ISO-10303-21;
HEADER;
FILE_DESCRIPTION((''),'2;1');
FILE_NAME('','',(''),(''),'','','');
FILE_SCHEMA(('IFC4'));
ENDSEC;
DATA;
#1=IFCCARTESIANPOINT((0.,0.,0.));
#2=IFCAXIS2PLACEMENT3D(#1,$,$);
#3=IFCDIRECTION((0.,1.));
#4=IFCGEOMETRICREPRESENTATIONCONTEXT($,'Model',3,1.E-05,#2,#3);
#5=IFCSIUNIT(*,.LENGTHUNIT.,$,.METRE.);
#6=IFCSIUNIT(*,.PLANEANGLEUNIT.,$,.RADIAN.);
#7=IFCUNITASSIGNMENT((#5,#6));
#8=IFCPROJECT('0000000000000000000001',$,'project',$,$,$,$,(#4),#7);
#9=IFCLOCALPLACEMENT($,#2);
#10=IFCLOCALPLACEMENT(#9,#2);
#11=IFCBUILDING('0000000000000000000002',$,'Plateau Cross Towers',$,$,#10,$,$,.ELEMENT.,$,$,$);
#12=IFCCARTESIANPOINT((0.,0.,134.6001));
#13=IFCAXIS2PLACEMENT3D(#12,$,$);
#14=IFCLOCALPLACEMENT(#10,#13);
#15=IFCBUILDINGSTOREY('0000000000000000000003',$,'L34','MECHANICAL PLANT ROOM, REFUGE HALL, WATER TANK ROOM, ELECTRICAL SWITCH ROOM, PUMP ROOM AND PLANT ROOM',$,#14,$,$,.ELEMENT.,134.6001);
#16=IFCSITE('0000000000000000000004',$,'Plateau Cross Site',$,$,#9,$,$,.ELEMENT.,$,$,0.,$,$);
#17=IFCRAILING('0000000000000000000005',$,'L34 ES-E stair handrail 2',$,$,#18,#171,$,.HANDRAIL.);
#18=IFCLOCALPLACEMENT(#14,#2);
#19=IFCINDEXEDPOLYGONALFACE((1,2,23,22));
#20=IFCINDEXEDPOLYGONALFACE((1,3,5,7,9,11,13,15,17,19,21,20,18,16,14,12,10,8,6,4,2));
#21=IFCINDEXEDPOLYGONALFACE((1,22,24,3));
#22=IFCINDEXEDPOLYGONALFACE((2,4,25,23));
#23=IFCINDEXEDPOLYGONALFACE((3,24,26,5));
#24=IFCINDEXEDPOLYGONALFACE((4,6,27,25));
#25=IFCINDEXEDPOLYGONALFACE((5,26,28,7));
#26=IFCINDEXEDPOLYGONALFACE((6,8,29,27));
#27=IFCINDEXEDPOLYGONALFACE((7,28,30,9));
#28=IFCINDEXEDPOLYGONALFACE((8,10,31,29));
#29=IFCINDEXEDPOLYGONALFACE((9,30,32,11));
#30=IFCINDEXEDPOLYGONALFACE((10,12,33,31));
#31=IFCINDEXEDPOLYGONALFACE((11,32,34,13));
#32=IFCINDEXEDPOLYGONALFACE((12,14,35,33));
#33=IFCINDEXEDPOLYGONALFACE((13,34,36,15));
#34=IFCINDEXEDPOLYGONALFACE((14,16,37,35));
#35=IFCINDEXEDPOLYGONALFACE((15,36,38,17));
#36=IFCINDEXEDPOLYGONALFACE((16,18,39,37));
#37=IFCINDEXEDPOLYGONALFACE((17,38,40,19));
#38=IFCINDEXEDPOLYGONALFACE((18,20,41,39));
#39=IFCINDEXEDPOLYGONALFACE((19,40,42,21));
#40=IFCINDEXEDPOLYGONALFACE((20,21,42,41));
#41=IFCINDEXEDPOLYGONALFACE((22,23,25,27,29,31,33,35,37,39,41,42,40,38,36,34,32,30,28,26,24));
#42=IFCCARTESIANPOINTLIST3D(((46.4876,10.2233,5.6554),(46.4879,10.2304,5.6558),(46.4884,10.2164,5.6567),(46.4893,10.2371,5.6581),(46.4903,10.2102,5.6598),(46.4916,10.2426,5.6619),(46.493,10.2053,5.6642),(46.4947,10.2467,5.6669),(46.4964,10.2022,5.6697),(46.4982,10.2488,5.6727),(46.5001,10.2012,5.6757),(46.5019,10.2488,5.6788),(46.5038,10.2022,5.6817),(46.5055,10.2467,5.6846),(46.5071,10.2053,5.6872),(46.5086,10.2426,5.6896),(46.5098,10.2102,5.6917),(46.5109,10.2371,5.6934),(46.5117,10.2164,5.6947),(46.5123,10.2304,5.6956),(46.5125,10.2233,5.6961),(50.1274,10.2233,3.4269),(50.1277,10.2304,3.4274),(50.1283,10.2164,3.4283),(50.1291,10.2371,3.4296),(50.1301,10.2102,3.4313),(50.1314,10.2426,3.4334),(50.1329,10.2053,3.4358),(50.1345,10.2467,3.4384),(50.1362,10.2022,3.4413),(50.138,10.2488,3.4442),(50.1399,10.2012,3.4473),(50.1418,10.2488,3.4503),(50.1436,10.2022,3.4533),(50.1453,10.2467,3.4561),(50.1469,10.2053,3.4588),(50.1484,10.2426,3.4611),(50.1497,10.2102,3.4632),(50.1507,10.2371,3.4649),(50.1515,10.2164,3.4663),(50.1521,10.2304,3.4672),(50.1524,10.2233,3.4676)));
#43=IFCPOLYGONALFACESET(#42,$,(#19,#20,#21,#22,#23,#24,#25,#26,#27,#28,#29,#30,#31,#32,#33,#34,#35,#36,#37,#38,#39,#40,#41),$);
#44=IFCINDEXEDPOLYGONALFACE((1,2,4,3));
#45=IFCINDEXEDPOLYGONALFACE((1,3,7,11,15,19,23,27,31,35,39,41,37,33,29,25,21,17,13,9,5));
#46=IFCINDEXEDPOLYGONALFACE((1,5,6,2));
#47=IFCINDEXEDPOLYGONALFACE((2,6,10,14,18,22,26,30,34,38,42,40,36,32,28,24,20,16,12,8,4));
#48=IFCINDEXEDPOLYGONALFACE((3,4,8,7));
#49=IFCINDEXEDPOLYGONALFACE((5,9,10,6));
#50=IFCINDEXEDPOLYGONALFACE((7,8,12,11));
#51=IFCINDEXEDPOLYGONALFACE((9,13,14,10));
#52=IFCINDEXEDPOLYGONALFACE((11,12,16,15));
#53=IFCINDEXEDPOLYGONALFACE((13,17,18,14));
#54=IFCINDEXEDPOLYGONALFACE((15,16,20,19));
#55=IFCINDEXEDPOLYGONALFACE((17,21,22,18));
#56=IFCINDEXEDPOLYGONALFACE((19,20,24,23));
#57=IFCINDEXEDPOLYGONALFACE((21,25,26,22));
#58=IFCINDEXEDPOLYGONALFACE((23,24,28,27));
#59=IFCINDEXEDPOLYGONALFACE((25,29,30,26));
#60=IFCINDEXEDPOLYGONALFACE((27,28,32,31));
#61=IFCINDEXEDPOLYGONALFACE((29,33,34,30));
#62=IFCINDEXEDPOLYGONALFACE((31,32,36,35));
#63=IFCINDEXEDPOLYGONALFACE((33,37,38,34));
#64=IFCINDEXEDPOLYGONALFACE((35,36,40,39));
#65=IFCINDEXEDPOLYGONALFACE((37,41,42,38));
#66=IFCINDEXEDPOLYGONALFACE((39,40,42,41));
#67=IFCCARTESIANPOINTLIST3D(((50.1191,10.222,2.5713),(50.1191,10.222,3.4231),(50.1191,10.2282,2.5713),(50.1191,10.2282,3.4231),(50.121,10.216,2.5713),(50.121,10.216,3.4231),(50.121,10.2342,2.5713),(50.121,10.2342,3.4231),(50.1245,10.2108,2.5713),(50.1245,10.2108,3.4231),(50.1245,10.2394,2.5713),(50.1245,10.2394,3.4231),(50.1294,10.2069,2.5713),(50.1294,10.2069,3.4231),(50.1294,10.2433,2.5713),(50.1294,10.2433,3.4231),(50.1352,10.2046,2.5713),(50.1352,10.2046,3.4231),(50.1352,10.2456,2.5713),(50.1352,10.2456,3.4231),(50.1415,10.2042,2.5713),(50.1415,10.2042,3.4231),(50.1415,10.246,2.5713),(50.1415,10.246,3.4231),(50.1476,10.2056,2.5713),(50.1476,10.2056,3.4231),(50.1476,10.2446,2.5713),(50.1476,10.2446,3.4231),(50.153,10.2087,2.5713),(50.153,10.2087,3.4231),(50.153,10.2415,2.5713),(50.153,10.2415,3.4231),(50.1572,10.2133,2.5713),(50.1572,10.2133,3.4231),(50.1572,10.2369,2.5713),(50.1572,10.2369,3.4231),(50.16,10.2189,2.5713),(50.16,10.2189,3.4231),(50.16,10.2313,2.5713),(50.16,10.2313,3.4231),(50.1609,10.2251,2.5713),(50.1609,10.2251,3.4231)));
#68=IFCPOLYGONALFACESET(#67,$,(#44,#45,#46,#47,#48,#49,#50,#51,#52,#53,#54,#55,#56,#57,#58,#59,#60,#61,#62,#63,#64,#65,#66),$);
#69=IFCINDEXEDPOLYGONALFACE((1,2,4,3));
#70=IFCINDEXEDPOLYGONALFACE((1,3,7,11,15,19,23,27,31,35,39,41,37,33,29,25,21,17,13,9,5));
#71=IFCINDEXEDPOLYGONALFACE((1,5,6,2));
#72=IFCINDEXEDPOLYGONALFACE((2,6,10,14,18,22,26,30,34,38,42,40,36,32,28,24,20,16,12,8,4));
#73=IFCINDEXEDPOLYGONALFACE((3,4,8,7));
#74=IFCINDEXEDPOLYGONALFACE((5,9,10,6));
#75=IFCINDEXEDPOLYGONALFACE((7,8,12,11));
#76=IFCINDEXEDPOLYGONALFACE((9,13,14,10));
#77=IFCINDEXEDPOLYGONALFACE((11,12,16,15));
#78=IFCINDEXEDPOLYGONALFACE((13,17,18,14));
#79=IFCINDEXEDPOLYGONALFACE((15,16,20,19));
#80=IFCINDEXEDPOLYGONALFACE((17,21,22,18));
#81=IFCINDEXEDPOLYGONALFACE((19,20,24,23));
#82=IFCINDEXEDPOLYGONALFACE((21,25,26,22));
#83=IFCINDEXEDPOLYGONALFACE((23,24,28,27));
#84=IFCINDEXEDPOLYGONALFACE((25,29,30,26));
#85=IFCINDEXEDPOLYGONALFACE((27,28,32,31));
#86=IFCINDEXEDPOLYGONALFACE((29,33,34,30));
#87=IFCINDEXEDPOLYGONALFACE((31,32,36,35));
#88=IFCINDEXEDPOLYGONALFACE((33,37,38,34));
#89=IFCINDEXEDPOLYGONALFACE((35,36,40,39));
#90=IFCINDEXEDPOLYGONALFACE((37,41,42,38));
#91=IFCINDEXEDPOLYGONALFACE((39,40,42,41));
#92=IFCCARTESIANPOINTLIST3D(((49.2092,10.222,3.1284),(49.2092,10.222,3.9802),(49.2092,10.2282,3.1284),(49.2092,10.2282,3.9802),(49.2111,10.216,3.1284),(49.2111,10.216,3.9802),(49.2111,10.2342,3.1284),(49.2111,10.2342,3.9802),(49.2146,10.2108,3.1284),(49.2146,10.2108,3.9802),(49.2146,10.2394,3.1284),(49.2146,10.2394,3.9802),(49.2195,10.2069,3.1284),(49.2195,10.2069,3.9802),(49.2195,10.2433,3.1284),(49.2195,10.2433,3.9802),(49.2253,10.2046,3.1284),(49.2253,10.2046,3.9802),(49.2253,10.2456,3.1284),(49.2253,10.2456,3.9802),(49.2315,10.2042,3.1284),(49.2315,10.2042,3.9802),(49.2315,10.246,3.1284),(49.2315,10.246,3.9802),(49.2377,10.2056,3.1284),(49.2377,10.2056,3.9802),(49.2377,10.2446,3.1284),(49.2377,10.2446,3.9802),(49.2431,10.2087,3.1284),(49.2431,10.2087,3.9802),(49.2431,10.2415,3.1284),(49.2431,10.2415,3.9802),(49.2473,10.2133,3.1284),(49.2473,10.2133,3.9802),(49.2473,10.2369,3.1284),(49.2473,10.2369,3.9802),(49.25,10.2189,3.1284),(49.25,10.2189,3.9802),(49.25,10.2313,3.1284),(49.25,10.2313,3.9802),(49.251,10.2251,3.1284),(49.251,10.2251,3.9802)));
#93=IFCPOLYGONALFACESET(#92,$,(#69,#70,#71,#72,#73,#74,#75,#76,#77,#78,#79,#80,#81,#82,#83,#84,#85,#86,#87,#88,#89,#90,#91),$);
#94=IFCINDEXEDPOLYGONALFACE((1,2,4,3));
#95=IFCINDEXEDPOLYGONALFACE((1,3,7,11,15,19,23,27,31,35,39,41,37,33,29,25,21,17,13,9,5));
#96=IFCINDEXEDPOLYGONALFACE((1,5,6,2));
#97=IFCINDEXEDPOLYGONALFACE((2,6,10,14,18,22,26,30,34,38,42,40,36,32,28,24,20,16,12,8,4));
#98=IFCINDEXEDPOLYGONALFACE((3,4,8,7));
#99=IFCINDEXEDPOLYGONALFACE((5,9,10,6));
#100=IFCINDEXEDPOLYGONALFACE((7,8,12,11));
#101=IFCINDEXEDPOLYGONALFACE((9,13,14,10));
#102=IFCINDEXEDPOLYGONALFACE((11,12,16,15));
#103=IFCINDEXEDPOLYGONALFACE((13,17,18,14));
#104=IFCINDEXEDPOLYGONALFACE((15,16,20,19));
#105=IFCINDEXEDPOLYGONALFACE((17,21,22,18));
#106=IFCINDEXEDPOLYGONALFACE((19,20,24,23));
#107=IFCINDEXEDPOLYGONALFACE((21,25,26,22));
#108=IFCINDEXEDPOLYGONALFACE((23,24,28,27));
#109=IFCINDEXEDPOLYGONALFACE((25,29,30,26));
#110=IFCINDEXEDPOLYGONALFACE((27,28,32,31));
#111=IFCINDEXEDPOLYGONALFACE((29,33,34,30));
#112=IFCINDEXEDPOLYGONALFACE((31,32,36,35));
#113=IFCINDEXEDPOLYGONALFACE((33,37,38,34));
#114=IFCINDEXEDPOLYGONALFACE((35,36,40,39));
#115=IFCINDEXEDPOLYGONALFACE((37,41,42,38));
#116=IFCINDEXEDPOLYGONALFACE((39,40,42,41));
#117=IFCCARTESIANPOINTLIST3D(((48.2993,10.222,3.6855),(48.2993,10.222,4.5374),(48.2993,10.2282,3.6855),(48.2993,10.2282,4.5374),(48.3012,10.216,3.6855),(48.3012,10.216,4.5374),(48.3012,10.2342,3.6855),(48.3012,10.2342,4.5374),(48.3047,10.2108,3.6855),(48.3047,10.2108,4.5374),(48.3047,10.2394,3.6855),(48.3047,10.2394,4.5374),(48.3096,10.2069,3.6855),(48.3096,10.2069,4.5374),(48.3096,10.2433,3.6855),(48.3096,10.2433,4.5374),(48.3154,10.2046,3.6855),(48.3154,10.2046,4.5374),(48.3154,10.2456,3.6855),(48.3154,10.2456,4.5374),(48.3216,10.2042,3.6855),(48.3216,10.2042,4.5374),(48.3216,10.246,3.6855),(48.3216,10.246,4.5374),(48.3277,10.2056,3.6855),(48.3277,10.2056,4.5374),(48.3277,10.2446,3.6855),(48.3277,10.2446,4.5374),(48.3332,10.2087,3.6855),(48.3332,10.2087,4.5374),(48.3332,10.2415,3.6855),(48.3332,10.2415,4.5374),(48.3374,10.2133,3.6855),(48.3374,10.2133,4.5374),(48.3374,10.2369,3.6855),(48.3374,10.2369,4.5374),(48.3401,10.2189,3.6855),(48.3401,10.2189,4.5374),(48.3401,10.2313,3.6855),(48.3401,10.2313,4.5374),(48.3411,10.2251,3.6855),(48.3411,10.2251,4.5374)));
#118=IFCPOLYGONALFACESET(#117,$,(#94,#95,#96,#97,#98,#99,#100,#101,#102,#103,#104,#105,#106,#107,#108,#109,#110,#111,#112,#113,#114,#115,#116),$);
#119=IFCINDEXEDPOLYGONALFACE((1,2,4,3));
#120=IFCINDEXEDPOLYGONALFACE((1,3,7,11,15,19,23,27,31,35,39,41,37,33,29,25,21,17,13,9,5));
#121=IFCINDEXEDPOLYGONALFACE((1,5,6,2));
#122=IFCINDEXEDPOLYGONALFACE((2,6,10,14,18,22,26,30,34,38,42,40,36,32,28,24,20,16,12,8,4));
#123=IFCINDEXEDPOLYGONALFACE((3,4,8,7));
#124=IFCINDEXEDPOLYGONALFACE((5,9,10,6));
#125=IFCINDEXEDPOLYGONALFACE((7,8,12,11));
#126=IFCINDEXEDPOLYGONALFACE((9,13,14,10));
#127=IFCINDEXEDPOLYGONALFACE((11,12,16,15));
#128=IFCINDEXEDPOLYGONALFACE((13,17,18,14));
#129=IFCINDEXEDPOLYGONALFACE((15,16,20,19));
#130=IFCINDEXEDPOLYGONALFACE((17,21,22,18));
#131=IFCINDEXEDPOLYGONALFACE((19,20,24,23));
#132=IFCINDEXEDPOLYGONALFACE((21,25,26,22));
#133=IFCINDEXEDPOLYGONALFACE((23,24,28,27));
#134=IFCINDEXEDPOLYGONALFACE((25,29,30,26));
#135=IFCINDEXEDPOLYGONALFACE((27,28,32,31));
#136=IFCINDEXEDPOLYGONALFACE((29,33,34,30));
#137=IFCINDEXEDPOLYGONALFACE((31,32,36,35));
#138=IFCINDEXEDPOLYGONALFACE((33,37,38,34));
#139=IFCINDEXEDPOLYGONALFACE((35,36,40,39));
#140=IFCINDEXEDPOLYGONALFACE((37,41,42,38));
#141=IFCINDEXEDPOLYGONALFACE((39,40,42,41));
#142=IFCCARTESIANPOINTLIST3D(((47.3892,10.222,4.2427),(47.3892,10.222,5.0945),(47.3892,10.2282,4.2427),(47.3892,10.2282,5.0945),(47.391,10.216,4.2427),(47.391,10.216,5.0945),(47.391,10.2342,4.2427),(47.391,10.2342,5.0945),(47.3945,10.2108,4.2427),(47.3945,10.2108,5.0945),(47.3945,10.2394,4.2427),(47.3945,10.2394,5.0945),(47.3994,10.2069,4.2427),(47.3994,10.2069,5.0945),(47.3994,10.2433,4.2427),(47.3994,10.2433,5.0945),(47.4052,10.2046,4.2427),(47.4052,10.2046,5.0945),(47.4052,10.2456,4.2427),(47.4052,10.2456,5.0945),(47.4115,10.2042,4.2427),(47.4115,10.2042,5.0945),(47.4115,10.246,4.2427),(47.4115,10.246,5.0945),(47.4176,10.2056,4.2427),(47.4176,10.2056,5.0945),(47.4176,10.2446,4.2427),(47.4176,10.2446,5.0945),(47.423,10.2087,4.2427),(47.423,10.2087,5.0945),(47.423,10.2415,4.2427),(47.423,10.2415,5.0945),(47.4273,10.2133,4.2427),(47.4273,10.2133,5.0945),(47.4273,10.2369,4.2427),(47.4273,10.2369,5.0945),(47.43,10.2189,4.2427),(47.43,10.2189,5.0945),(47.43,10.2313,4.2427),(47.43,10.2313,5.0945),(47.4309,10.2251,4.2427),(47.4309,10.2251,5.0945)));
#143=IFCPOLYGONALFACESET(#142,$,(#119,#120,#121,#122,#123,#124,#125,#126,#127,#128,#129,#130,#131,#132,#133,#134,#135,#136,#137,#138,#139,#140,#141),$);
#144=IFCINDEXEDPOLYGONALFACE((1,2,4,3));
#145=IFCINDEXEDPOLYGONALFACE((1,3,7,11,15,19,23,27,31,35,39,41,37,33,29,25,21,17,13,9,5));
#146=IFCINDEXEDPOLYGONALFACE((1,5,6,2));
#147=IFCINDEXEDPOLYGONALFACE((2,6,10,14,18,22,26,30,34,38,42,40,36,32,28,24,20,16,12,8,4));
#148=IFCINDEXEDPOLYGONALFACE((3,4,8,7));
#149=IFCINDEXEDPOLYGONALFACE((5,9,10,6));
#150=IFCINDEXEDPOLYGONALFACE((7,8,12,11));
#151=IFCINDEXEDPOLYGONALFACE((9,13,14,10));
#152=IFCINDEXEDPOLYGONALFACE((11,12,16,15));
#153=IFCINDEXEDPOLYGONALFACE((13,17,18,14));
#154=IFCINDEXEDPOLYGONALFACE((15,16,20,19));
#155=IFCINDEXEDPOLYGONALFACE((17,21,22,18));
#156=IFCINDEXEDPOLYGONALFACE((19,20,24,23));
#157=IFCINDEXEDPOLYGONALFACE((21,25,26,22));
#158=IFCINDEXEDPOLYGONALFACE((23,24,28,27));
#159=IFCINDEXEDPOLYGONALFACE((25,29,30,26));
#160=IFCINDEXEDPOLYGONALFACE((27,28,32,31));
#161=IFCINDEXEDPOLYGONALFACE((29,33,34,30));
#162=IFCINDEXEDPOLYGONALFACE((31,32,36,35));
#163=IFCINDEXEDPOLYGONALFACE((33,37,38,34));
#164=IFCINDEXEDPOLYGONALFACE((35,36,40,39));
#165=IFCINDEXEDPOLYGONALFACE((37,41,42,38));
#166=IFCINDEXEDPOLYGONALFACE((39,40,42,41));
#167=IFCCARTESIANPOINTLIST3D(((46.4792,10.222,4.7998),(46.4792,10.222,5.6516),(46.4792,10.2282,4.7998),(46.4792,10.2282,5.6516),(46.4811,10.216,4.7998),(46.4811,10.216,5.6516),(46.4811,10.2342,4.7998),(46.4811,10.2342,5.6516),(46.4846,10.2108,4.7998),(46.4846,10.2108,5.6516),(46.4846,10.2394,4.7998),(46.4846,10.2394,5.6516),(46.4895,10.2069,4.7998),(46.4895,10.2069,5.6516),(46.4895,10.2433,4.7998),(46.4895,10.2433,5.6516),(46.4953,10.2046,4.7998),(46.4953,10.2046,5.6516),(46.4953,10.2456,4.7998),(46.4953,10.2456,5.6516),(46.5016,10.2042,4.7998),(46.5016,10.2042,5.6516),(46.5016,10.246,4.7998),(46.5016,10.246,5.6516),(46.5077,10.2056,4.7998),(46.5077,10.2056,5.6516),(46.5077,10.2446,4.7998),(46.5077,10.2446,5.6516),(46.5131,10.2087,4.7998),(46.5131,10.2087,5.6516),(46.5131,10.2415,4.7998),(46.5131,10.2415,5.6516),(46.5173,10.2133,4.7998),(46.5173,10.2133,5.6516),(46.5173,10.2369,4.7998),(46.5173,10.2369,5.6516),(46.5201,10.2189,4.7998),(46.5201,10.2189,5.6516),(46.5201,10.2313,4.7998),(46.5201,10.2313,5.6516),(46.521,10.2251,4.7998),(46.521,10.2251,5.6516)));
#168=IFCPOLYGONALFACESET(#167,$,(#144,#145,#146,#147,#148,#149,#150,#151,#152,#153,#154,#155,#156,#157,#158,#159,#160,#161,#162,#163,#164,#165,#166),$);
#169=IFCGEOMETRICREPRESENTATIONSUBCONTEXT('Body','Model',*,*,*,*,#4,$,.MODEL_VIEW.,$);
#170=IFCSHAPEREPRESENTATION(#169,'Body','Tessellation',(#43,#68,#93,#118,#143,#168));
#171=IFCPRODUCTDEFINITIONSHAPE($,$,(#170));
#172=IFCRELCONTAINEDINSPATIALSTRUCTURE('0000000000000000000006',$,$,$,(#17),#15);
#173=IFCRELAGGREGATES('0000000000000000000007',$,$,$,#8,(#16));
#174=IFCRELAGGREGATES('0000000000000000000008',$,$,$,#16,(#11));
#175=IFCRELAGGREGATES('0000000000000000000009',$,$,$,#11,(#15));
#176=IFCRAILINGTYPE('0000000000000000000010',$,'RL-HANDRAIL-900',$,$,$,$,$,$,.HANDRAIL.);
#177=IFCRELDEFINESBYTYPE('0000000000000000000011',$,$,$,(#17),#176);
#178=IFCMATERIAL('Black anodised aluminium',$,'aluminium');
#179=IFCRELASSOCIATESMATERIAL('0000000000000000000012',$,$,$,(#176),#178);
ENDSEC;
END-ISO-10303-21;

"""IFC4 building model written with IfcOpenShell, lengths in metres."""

from ifc_helpers import new_model, si_unit, direction, frame, origin, origin_2d, place, context, subcontext, project, spatial, circle, extrude, material, type_object, element, save


model = new_model("IFC4")

# Units and contexts
model_context = context("Model", 3, precision=1e-05, world=origin(), true_north=direction((0.0, 1.0)))
body_context = subcontext(model_context, "Body", "Model", "MODEL_VIEW")
ifc_project = project(units=[si_unit("LENGTHUNIT", "METRE"), si_unit("PLANEANGLEUNIT", "RADIAN")], contexts=[model_context])

# Site, building, storey
site_placement = place(None, origin())
site = spatial("IfcSite", under=ifc_project, at=site_placement, Name="Plateau Cross Site", CompositionType="ELEMENT", RefElevation=0.0)
building_placement = place(site_placement, origin())
building = spatial("IfcBuilding", under=site, at=building_placement, Name="Plateau Cross Towers", CompositionType="ELEMENT")
storey_placement = place(building_placement, frame((0.0, 0.0, 134.6001)))
storey = spatial("IfcBuildingStorey", under=building, at=storey_placement, Name="L34", Description="MECHANICAL PLANT ROOM, REFUGE HALL, WATER TANK ROOM, ELECTRICAL SWITCH ROOM, PUMP ROOM AND PLANT ROOM", CompositionType="ELEMENT", Elevation=134.6001)

# Shared definitions
ifc_material_1 = material(Name="Black anodised aluminium", Category="aluminium")

# Railing
railing_type_1 = type_object("IfcRailingType", Name="RL-HANDRAIL-900", PredefinedType="HANDRAIL", material=ifc_material_1)
railing_1_placement = place(storey_placement, frame((50.1399, 10.2251, 2.5713)))
element("IfcRailing", 1, at=railing_1_placement, inside=storey, type_object=railing_type_1, Name="L34 ES-E stair handrail 2", PredefinedType="HANDRAIL", context=body_context, shape_type="SweptSolid", body=[
    extrude(circle(Radius=0.0239, at=origin_2d()), frame((0.0, 0.0, 0.876), z_axis=(-0.85285, 0.0, 0.522156), x_axis=(0.0, -1.0, 0.0)), (0.0, 0.0, 1.0), 4.2678),
    extrude(circle(Radius=0.021, at=origin_2d()), origin(), (0.0, 0.0, 1.0), 0.8518),
    extrude(circle(Radius=0.021, at=origin_2d()), frame((-0.9099, 0.0, 0.5571)), (0.0, 0.0, 1.0), 0.8518),
    extrude(circle(Radius=0.021, at=origin_2d()), frame((-1.8198, 0.0, 1.1143)), (0.0, 0.0, 1.0), 0.8518),
    extrude(circle(Radius=0.021, at=origin_2d()), frame((-2.73, 0.0, 1.6714)), (0.0, 0.0, 1.0), 0.8518),
    extrude(circle(Radius=0.021, at=origin_2d()), frame((-3.6399, 0.0, 2.2285)), (0.0, 0.0, 1.0), 0.8518),
])

save(model, "model.ifc")
